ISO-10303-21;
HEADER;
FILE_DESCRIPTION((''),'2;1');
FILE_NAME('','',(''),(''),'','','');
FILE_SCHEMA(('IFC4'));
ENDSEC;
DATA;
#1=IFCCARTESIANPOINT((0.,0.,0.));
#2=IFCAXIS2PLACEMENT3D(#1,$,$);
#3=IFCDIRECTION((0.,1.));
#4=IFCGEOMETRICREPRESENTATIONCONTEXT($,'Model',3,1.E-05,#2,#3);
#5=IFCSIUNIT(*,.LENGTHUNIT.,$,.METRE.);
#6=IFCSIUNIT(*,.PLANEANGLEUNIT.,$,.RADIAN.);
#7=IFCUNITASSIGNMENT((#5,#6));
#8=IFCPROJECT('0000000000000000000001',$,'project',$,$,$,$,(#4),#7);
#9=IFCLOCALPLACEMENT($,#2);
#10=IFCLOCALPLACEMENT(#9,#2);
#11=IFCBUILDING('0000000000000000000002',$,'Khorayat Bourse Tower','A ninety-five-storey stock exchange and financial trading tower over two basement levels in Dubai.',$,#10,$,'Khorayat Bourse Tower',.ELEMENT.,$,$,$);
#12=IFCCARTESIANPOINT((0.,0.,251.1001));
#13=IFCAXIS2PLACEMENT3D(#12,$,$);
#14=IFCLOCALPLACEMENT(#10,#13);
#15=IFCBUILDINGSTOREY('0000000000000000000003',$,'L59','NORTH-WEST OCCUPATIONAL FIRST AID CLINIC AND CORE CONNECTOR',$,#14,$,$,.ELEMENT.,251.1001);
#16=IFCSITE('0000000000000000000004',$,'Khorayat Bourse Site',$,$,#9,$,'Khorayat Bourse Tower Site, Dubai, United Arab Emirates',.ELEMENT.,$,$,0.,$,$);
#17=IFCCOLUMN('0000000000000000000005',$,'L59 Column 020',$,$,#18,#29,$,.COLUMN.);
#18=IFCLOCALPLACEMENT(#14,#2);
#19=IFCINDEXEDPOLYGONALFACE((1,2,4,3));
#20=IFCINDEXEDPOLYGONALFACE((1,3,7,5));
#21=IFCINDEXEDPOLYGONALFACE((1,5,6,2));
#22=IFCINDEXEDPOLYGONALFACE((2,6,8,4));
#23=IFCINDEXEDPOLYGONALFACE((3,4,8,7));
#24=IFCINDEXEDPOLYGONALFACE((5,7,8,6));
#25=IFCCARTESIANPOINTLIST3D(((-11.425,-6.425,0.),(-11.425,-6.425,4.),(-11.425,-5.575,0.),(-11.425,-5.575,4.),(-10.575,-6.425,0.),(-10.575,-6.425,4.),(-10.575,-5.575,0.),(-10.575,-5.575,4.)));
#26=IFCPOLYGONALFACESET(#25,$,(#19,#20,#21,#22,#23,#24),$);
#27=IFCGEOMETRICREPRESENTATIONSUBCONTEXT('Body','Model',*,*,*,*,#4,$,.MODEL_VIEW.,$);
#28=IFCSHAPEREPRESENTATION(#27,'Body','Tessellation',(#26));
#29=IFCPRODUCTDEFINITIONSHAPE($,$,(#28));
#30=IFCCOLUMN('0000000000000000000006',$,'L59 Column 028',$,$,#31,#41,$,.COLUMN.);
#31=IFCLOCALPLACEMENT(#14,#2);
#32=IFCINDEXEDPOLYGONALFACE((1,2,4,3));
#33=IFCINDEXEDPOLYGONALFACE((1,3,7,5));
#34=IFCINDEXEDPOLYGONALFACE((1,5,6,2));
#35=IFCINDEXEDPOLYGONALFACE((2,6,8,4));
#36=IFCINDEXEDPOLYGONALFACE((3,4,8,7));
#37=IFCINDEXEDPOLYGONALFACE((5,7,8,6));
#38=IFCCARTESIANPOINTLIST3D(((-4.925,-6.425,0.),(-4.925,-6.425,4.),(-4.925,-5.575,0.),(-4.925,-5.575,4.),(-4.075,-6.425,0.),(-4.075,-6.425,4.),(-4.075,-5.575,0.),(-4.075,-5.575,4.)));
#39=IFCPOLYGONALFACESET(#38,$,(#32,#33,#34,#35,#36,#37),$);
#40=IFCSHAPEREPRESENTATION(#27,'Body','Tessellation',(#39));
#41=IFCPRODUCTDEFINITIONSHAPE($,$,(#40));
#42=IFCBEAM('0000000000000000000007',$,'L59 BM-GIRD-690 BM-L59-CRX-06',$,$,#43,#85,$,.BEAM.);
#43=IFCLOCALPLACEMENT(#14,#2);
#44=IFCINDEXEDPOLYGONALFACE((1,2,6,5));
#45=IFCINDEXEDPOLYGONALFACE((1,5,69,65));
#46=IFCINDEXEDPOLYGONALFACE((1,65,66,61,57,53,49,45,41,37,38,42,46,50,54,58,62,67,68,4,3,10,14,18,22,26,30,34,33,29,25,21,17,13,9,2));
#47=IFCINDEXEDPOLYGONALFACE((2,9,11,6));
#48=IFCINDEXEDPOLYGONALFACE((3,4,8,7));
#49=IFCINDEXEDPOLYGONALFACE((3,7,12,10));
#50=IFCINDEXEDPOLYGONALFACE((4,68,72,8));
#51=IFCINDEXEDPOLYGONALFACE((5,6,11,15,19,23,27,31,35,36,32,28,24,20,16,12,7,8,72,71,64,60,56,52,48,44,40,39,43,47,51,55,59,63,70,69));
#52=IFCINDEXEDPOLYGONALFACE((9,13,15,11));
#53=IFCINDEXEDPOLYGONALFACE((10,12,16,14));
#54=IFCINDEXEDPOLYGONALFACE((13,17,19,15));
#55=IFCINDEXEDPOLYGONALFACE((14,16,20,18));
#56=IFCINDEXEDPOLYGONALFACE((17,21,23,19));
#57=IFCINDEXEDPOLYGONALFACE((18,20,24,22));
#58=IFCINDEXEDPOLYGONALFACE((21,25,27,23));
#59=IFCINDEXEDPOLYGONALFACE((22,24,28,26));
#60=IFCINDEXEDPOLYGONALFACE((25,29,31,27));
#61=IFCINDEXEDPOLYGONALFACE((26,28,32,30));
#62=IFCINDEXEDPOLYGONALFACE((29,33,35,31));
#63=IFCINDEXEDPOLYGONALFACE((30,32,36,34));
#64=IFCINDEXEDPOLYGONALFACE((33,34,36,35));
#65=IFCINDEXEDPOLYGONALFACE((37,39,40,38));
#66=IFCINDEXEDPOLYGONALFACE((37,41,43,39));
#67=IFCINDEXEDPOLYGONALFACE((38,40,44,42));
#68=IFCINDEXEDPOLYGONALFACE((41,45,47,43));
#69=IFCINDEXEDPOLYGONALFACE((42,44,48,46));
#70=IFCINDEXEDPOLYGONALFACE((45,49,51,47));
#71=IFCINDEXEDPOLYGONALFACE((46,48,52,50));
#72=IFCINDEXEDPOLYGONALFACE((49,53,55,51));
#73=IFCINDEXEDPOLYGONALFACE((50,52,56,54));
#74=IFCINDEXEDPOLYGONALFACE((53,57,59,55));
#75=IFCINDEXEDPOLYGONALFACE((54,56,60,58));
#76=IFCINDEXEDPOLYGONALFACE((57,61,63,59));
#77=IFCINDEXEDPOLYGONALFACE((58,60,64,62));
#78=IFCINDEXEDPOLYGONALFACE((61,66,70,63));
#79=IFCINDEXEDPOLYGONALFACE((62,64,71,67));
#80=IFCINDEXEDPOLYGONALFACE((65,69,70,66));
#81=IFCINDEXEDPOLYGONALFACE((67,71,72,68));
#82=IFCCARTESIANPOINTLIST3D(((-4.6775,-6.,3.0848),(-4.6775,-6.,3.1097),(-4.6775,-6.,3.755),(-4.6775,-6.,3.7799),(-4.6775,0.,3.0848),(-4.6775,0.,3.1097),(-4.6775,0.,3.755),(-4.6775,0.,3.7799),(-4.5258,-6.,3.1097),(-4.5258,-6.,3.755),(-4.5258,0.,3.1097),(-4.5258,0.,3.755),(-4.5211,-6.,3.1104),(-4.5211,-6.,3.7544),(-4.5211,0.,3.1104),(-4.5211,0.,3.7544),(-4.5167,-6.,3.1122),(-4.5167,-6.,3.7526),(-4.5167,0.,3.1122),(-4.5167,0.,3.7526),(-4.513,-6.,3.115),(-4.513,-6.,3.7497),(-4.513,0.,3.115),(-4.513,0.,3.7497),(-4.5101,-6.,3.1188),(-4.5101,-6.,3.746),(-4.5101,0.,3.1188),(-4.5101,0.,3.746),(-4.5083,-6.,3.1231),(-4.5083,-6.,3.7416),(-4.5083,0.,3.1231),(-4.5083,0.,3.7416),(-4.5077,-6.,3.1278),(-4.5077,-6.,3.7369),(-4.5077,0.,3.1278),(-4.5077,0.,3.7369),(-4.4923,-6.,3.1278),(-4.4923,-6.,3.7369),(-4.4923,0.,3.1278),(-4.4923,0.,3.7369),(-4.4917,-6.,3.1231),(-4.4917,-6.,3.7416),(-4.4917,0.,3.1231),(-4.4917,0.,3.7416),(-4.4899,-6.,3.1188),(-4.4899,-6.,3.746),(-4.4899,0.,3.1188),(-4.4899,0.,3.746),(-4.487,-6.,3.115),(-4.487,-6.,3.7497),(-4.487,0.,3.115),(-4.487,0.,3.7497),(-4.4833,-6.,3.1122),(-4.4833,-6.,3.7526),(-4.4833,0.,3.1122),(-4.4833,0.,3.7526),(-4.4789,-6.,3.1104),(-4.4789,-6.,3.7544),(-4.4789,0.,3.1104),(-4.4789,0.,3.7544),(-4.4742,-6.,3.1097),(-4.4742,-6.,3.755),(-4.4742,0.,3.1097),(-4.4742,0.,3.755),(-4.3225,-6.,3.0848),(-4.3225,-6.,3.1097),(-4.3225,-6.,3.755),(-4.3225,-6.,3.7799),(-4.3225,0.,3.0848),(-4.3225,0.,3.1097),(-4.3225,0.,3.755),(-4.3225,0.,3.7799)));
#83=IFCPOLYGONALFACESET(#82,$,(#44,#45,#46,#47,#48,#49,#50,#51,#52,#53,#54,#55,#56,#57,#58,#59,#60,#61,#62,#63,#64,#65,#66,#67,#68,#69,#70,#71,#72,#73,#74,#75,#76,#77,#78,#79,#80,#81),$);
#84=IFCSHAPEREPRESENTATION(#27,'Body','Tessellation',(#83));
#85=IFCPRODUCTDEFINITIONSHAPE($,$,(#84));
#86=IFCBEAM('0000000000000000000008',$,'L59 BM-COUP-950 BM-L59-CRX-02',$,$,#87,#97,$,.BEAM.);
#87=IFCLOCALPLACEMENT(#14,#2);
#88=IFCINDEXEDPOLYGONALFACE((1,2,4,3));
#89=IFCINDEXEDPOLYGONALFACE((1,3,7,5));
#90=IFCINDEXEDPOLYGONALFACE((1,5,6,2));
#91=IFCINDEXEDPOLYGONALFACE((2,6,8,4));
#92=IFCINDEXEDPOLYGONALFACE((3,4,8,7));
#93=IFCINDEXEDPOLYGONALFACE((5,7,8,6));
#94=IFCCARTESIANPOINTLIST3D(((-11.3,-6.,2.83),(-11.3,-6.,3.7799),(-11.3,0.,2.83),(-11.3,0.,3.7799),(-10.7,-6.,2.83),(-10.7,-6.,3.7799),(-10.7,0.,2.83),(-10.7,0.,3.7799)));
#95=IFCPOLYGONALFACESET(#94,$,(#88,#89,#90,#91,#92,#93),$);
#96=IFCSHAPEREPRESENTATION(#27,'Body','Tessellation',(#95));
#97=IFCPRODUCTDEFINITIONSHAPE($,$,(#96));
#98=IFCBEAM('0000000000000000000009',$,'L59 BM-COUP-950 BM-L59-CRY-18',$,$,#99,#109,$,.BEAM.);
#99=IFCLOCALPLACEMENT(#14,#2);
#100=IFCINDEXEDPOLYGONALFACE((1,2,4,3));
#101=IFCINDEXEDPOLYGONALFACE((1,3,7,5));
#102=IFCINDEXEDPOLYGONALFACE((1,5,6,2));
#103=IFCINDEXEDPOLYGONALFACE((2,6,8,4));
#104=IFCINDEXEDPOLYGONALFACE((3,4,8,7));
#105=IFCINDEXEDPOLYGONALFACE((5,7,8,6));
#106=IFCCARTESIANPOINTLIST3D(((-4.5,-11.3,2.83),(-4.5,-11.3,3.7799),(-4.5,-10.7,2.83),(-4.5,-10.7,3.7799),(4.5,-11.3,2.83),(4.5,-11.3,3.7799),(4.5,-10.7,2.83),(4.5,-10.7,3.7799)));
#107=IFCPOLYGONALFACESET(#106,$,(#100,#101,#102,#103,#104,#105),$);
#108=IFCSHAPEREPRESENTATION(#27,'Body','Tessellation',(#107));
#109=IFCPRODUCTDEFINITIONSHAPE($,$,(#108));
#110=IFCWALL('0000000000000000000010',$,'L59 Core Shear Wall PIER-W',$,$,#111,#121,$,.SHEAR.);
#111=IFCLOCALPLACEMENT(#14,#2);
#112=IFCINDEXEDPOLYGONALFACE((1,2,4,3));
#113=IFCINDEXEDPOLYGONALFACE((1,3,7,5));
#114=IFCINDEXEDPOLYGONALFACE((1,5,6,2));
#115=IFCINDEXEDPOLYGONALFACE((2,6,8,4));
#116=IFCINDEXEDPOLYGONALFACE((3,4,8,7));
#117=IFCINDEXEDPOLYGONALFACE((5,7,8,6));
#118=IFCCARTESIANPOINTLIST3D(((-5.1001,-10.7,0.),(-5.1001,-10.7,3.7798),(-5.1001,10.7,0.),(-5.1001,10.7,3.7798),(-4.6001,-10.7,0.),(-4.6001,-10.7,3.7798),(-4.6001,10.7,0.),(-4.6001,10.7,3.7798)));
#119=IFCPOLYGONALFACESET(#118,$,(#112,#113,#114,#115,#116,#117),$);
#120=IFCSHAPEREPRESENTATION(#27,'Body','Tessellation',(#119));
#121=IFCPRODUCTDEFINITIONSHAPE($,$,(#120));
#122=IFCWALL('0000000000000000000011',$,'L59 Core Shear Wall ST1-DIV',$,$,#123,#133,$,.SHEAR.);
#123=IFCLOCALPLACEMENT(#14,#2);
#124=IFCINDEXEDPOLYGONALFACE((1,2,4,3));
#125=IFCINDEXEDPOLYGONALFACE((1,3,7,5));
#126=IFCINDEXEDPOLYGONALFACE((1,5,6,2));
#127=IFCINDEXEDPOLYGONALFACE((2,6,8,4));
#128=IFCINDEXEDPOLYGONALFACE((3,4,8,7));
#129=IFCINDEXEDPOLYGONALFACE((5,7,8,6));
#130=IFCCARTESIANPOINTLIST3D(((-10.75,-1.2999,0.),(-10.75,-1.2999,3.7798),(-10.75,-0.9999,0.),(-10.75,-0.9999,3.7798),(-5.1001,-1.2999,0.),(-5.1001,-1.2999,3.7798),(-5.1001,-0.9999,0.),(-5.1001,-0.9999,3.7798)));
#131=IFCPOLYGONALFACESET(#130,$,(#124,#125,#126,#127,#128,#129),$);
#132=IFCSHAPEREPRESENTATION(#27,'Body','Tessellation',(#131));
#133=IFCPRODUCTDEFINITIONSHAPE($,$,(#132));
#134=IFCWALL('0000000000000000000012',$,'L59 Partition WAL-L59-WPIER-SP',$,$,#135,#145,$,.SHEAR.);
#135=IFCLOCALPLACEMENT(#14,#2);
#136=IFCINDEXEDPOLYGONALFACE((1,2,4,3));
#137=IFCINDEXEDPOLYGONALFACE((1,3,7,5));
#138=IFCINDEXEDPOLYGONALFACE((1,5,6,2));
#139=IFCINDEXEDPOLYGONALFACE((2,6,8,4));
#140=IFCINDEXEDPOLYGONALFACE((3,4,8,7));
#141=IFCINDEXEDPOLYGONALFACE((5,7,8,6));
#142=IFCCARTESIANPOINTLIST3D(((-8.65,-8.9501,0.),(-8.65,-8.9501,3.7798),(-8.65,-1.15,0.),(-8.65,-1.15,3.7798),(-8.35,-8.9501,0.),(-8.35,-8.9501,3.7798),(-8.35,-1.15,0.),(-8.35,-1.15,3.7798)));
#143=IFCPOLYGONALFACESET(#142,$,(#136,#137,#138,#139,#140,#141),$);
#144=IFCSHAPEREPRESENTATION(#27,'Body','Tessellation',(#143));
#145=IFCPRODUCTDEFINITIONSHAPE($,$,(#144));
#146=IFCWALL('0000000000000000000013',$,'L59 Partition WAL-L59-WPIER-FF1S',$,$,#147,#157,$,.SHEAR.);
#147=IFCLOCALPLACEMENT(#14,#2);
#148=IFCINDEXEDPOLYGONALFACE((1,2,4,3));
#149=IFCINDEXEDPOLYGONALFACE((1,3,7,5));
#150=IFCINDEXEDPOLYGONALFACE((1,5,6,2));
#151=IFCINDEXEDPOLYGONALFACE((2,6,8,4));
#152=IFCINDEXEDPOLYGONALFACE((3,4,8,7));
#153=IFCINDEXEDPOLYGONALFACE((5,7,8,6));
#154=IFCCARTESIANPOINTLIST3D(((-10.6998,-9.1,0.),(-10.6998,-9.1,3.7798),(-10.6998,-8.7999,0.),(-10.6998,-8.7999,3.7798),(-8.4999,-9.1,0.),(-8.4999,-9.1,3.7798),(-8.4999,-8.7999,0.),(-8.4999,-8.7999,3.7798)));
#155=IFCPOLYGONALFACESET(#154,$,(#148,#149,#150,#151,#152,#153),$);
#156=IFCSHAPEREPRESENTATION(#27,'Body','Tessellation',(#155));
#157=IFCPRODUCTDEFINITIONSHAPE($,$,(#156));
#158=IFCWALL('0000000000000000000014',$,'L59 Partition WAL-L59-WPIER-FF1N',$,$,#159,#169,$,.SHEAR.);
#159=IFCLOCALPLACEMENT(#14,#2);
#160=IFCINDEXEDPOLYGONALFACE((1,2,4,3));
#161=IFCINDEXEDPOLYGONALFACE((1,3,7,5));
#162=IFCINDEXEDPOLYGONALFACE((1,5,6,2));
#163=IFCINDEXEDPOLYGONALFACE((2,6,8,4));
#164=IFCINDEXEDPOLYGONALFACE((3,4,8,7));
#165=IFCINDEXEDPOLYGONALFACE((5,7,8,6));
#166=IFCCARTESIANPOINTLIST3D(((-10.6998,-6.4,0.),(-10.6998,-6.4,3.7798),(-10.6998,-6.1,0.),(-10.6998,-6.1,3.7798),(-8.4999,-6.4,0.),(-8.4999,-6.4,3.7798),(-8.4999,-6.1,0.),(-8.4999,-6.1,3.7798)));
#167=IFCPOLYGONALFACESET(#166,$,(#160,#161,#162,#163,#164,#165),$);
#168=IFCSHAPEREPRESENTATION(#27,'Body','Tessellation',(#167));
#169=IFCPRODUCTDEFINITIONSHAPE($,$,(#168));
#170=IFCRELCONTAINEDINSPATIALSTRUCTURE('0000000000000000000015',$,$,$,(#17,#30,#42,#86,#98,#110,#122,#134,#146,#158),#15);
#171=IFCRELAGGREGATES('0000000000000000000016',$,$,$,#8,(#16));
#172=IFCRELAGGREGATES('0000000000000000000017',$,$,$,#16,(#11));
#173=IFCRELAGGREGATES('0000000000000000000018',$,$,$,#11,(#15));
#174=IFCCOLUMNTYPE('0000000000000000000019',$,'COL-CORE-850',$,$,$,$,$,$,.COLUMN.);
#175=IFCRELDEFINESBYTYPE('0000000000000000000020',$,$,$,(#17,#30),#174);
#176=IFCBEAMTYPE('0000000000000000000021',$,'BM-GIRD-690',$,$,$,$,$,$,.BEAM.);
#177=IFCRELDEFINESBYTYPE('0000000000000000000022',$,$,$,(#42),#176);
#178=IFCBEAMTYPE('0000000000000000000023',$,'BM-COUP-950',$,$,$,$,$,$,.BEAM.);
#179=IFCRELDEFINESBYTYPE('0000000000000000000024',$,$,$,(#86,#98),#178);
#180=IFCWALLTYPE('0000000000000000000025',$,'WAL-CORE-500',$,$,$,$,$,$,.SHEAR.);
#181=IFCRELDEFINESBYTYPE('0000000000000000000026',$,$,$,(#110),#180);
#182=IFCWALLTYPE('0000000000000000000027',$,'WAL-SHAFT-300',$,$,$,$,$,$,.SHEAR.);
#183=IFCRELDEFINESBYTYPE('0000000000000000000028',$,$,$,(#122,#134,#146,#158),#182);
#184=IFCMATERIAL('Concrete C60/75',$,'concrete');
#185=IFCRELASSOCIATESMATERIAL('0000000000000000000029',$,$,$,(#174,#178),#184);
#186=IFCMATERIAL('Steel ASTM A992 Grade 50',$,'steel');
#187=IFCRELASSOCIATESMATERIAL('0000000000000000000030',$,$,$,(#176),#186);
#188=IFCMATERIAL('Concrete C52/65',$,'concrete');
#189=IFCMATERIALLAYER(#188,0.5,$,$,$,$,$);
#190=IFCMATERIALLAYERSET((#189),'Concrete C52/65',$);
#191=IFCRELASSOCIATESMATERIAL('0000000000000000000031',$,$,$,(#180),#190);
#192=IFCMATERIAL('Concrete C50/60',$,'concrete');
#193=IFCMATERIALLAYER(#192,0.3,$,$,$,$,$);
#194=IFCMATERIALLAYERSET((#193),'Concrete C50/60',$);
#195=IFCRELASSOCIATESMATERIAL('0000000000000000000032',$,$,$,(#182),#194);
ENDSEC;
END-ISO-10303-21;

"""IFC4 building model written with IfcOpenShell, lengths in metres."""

from ifc_helpers import new_model, si_unit, direction, frame, frame_2d, origin, origin_2d, place, context, subcontext, project, spatial, rectangle, i_section, extrude, source, transform, mapped, material, layer, layer_set, material_profile, profile_set, type_object, element, save


model = new_model("IFC4")

# Units and contexts
model_context = context("Model", 3, precision=1e-05, world=origin(), true_north=direction((0.0, 1.0)))
body_context = subcontext(model_context, "Body", "Model", "MODEL_VIEW")
ifc_project = project(units=[si_unit("LENGTHUNIT", "METRE"), si_unit("PLANEANGLEUNIT", "RADIAN")], contexts=[model_context])

# Site, building, storey
site_placement = place(None, origin())
site = spatial("IfcSite", under=ifc_project, at=site_placement, Name="Khorayat Bourse Site", LongName="Khorayat Bourse Tower Site, Dubai, United Arab Emirates", CompositionType="ELEMENT", RefElevation=0.0)
building_placement = place(site_placement, origin())
building = spatial("IfcBuilding", under=site, at=building_placement, Name="Khorayat Bourse Tower", Description="A ninety-five-storey stock exchange and financial trading tower over two basement levels in Dubai.", LongName="Khorayat Bourse Tower", CompositionType="ELEMENT")
storey_placement = place(building_placement, frame((0.0, 0.0, 251.1001)))
storey = spatial("IfcBuildingStorey", under=building, at=storey_placement, Name="L59", Description="NORTH-WEST OCCUPATIONAL FIRST AID CLINIC AND CORE CONNECTOR", CompositionType="ELEMENT", Elevation=251.1001)

# Columns
ifc_material_1 = material(Name="Concrete C60/75", Category="concrete")
ifc_material_profile_1 = material_profile(ifc_material_1, rectangle(XDim=0.8501, YDim=0.8501, at=origin_2d()), Name="RC 850x850")
ifc_profile_set_1 = profile_set([ifc_material_profile_1], Name="Concrete C60/75")
column_type = type_object("IfcColumnType", Name="COL-CORE-850", PredefinedType="COLUMN", material=ifc_profile_set_1)
shared_shape_1 = source(origin(), body_context, "Body", "SweptSolid", [
    extrude(rectangle(XDim=0.8501, YDim=0.8501, at=origin_2d()), origin(), (0.0, 0.0, 1.0), 4.0),
])
for number, where, z_axis, x_axis, name in (
    (1, (-11.0, -6.0, 0.0), (0.0, 0.0, 1.0), (1.0, 0.0, 0.0), "L59 Column 020"),
    (2, (-4.5, -6.0, 0.0), (0.0, 0.0, 1.0), (1.0, 0.0, 0.0), "L59 Column 028"),
):
    element("IfcColumn", number, at=place(storey_placement, frame(where, z_axis=z_axis, x_axis=x_axis)), inside=storey, type_object=column_type, Name=name, PredefinedType="COLUMN", context=body_context, shape_type="MappedRepresentation", body=[
        mapped(shared_shape_1, transform((0.0, 0.0, 0.0), scale=1.0)),
    ])

# Beams
ifc_material_2 = material(Name="Steel ASTM A992 Grade 50", Category="steel")
ifc_material_profile_2 = material_profile(ifc_material_2, i_section(OverallWidth=0.355, OverallDepth=0.6951, WebThickness=0.0154, FlangeThickness=0.0249, FilletRadius=0.0181, at=origin_2d()), Name="W690X217")
ifc_profile_set_2 = profile_set([ifc_material_profile_2], Name="Steel ASTM A992 Grade 50")
beam_type_1 = type_object("IfcBeamType", Name="BM-GIRD-690", PredefinedType="BEAM", material=ifc_profile_set_2)
shared_shape_2 = source(origin(), body_context, "Body", "SweptSolid", [
    extrude(i_section(OverallWidth=0.355, OverallDepth=0.6951, WebThickness=0.0154, FlangeThickness=0.0249, FilletRadius=0.0181, at=origin_2d()), origin(), (0.0, 0.0, 1.0), 6.0),
])
beam_1_placement = place(storey_placement, frame((-4.5, -6.0, 3.4324), z_axis=(0.0, 1.0, 0.0), x_axis=(-1.0, 0.0, 0.0)))
element("IfcBeam", 3, at=beam_1_placement, inside=storey, type_object=beam_type_1, Name="L59 BM-GIRD-690 BM-L59-CRX-06", PredefinedType="BEAM", context=body_context, shape_type="MappedRepresentation", body=[
    mapped(shared_shape_2, transform((0.0, 0.0, 0.0), scale=1.0)),
])
ifc_material_profile_3 = material_profile(ifc_material_1, rectangle(XDim=0.6001, YDim=0.95, at=origin_2d()), Name="RC 600x950")
ifc_profile_set_3 = profile_set([ifc_material_profile_3], Name="Concrete C60/75")
beam_type_2 = type_object("IfcBeamType", Name="BM-COUP-950", PredefinedType="BEAM", material=ifc_profile_set_3)
shared_shape_3 = source(origin(), body_context, "Body", "SweptSolid", [
    extrude(rectangle(XDim=0.6001, YDim=0.95, at=origin_2d()), origin(), (0.0, 0.0, 1.0), 6.0),
])
beam_2_placement = place(storey_placement, frame((-11.0, -6.0, 3.3049), z_axis=(0.0, 1.0, 0.0), x_axis=(-1.0, 0.0, 0.0)))
element("IfcBeam", 4, at=beam_2_placement, inside=storey, type_object=beam_type_2, Name="L59 BM-COUP-950 BM-L59-CRX-02", PredefinedType="BEAM", context=body_context, shape_type="MappedRepresentation", body=[
    mapped(shared_shape_3, transform((0.0, 0.0, 0.0), scale=1.0)),
])
shared_shape_4 = source(origin(), body_context, "Body", "SweptSolid", [
    extrude(rectangle(XDim=0.6001, YDim=0.95, at=origin_2d()), origin(), (0.0, 0.0, 1.0), 9.0),
])
beam_3_placement = place(storey_placement, frame((-4.5, -11.0, 3.3049), z_axis=(1.0, 0.0, 0.0), x_axis=(0.0, 1.0, 0.0)))
element("IfcBeam", 5, at=beam_3_placement, inside=storey, type_object=beam_type_2, Name="L59 BM-COUP-950 BM-L59-CRY-18", PredefinedType="BEAM", context=body_context, shape_type="MappedRepresentation", body=[
    mapped(shared_shape_4, transform((0.0, 0.0, 0.0), scale=1.0)),
])

# Walls
ifc_material_3 = material(Name="Concrete C52/65", Category="concrete")
ifc_layer_1 = layer(ifc_material_3, 0.5)
ifc_layer_set_1 = layer_set([ifc_layer_1], Name="Concrete C52/65")
wall_type_1 = type_object("IfcWallType", Name="WAL-CORE-500", PredefinedType="SHEAR", material=ifc_layer_set_1)
shared_shape_5 = source(origin(), body_context, "Body", "SweptSolid", [
    extrude(rectangle(XDim=21.3999, YDim=0.5, at=frame_2d((10.7, 0.0))), origin(), (0.0, 0.0, 1.0), 3.7798),
])
wall_1_placement = place(storey_placement, frame((-4.8501, -10.7, 0.0), z_axis=(0.0, 0.0, 1.0), x_axis=(0.0, 1.0, 0.0)))
element("IfcWall", 6, at=wall_1_placement, inside=storey, type_object=wall_type_1, Name="L59 Core Shear Wall PIER-W", PredefinedType="SHEAR", context=body_context, shape_type="MappedRepresentation", body=[
    mapped(shared_shape_5, transform((0.0, 0.0, 0.0), scale=1.0)),
])
ifc_material_4 = material(Name="Concrete C50/60", Category="concrete")
ifc_layer_2 = layer(ifc_material_4, 0.3)
ifc_layer_set_2 = layer_set([ifc_layer_2], Name="Concrete C50/60")
wall_type_2 = type_object("IfcWallType", Name="WAL-SHAFT-300", PredefinedType="SHEAR", material=ifc_layer_set_2)
shared_shape_6 = source(origin(), body_context, "Body", "SweptSolid", [
    extrude(rectangle(XDim=5.6499, YDim=0.3, at=frame_2d((2.825, 0.0))), origin(), (0.0, 0.0, 1.0), 3.7798),
])
wall_2_placement = place(storey_placement, frame((-10.75, -1.1499, 0.0), z_axis=(0.0, 0.0, 1.0), x_axis=(1.0, 0.0, 0.0)))
element("IfcWall", 7, at=wall_2_placement, inside=storey, type_object=wall_type_2, Name="L59 Core Shear Wall ST1-DIV", PredefinedType="SHEAR", context=body_context, shape_type="MappedRepresentation", body=[
    mapped(shared_shape_6, transform((0.0, 0.0, 0.0), scale=1.0)),
])
shared_shape_7 = source(origin(), body_context, "Body", "SweptSolid", [
    extrude(rectangle(XDim=7.8, YDim=0.3, at=frame_2d((3.8999, 0.0))), origin(), (0.0, 0.0, 1.0), 3.7798),
])
wall_3_placement = place(storey_placement, frame((-8.5, -8.95, 0.0), z_axis=(0.0, 0.0, 1.0), x_axis=(0.0, 1.0, 0.0)))
element("IfcWall", 8, at=wall_3_placement, inside=storey, type_object=wall_type_2, Name="L59 Partition WAL-L59-WPIER-SP", PredefinedType="SHEAR", context=body_context, shape_type="MappedRepresentation", body=[
    mapped(shared_shape_7, transform((0.0, 0.0, 0.0), scale=1.0)),
])
shared_shape_8 = source(origin(), body_context, "Body", "SweptSolid", [
    extrude(rectangle(XDim=2.2, YDim=0.3, at=frame_2d((1.1001, 0.0))), origin(), (0.0, 0.0, 1.0), 3.7798),
])
for number, where, z_axis, x_axis, name in (
    (9, (-10.7, -8.95, 0.0), (0.0, 0.0, 1.0), (1.0, 0.0, 0.0), "L59 Partition WAL-L59-WPIER-FF1S"),
    (10, (-10.7, -6.25, 0.0), (0.0, 0.0, 1.0), (1.0, 0.0, 0.0), "L59 Partition WAL-L59-WPIER-FF1N"),
):
    element("IfcWall", number, at=place(storey_placement, frame(where, z_axis=z_axis, x_axis=x_axis)), inside=storey, type_object=wall_type_2, Name=name, PredefinedType="SHEAR", context=body_context, shape_type="MappedRepresentation", body=[
        mapped(shared_shape_8, transform((0.0, 0.0, 0.0), scale=1.0)),
    ])

save(model, "model.ifc")
